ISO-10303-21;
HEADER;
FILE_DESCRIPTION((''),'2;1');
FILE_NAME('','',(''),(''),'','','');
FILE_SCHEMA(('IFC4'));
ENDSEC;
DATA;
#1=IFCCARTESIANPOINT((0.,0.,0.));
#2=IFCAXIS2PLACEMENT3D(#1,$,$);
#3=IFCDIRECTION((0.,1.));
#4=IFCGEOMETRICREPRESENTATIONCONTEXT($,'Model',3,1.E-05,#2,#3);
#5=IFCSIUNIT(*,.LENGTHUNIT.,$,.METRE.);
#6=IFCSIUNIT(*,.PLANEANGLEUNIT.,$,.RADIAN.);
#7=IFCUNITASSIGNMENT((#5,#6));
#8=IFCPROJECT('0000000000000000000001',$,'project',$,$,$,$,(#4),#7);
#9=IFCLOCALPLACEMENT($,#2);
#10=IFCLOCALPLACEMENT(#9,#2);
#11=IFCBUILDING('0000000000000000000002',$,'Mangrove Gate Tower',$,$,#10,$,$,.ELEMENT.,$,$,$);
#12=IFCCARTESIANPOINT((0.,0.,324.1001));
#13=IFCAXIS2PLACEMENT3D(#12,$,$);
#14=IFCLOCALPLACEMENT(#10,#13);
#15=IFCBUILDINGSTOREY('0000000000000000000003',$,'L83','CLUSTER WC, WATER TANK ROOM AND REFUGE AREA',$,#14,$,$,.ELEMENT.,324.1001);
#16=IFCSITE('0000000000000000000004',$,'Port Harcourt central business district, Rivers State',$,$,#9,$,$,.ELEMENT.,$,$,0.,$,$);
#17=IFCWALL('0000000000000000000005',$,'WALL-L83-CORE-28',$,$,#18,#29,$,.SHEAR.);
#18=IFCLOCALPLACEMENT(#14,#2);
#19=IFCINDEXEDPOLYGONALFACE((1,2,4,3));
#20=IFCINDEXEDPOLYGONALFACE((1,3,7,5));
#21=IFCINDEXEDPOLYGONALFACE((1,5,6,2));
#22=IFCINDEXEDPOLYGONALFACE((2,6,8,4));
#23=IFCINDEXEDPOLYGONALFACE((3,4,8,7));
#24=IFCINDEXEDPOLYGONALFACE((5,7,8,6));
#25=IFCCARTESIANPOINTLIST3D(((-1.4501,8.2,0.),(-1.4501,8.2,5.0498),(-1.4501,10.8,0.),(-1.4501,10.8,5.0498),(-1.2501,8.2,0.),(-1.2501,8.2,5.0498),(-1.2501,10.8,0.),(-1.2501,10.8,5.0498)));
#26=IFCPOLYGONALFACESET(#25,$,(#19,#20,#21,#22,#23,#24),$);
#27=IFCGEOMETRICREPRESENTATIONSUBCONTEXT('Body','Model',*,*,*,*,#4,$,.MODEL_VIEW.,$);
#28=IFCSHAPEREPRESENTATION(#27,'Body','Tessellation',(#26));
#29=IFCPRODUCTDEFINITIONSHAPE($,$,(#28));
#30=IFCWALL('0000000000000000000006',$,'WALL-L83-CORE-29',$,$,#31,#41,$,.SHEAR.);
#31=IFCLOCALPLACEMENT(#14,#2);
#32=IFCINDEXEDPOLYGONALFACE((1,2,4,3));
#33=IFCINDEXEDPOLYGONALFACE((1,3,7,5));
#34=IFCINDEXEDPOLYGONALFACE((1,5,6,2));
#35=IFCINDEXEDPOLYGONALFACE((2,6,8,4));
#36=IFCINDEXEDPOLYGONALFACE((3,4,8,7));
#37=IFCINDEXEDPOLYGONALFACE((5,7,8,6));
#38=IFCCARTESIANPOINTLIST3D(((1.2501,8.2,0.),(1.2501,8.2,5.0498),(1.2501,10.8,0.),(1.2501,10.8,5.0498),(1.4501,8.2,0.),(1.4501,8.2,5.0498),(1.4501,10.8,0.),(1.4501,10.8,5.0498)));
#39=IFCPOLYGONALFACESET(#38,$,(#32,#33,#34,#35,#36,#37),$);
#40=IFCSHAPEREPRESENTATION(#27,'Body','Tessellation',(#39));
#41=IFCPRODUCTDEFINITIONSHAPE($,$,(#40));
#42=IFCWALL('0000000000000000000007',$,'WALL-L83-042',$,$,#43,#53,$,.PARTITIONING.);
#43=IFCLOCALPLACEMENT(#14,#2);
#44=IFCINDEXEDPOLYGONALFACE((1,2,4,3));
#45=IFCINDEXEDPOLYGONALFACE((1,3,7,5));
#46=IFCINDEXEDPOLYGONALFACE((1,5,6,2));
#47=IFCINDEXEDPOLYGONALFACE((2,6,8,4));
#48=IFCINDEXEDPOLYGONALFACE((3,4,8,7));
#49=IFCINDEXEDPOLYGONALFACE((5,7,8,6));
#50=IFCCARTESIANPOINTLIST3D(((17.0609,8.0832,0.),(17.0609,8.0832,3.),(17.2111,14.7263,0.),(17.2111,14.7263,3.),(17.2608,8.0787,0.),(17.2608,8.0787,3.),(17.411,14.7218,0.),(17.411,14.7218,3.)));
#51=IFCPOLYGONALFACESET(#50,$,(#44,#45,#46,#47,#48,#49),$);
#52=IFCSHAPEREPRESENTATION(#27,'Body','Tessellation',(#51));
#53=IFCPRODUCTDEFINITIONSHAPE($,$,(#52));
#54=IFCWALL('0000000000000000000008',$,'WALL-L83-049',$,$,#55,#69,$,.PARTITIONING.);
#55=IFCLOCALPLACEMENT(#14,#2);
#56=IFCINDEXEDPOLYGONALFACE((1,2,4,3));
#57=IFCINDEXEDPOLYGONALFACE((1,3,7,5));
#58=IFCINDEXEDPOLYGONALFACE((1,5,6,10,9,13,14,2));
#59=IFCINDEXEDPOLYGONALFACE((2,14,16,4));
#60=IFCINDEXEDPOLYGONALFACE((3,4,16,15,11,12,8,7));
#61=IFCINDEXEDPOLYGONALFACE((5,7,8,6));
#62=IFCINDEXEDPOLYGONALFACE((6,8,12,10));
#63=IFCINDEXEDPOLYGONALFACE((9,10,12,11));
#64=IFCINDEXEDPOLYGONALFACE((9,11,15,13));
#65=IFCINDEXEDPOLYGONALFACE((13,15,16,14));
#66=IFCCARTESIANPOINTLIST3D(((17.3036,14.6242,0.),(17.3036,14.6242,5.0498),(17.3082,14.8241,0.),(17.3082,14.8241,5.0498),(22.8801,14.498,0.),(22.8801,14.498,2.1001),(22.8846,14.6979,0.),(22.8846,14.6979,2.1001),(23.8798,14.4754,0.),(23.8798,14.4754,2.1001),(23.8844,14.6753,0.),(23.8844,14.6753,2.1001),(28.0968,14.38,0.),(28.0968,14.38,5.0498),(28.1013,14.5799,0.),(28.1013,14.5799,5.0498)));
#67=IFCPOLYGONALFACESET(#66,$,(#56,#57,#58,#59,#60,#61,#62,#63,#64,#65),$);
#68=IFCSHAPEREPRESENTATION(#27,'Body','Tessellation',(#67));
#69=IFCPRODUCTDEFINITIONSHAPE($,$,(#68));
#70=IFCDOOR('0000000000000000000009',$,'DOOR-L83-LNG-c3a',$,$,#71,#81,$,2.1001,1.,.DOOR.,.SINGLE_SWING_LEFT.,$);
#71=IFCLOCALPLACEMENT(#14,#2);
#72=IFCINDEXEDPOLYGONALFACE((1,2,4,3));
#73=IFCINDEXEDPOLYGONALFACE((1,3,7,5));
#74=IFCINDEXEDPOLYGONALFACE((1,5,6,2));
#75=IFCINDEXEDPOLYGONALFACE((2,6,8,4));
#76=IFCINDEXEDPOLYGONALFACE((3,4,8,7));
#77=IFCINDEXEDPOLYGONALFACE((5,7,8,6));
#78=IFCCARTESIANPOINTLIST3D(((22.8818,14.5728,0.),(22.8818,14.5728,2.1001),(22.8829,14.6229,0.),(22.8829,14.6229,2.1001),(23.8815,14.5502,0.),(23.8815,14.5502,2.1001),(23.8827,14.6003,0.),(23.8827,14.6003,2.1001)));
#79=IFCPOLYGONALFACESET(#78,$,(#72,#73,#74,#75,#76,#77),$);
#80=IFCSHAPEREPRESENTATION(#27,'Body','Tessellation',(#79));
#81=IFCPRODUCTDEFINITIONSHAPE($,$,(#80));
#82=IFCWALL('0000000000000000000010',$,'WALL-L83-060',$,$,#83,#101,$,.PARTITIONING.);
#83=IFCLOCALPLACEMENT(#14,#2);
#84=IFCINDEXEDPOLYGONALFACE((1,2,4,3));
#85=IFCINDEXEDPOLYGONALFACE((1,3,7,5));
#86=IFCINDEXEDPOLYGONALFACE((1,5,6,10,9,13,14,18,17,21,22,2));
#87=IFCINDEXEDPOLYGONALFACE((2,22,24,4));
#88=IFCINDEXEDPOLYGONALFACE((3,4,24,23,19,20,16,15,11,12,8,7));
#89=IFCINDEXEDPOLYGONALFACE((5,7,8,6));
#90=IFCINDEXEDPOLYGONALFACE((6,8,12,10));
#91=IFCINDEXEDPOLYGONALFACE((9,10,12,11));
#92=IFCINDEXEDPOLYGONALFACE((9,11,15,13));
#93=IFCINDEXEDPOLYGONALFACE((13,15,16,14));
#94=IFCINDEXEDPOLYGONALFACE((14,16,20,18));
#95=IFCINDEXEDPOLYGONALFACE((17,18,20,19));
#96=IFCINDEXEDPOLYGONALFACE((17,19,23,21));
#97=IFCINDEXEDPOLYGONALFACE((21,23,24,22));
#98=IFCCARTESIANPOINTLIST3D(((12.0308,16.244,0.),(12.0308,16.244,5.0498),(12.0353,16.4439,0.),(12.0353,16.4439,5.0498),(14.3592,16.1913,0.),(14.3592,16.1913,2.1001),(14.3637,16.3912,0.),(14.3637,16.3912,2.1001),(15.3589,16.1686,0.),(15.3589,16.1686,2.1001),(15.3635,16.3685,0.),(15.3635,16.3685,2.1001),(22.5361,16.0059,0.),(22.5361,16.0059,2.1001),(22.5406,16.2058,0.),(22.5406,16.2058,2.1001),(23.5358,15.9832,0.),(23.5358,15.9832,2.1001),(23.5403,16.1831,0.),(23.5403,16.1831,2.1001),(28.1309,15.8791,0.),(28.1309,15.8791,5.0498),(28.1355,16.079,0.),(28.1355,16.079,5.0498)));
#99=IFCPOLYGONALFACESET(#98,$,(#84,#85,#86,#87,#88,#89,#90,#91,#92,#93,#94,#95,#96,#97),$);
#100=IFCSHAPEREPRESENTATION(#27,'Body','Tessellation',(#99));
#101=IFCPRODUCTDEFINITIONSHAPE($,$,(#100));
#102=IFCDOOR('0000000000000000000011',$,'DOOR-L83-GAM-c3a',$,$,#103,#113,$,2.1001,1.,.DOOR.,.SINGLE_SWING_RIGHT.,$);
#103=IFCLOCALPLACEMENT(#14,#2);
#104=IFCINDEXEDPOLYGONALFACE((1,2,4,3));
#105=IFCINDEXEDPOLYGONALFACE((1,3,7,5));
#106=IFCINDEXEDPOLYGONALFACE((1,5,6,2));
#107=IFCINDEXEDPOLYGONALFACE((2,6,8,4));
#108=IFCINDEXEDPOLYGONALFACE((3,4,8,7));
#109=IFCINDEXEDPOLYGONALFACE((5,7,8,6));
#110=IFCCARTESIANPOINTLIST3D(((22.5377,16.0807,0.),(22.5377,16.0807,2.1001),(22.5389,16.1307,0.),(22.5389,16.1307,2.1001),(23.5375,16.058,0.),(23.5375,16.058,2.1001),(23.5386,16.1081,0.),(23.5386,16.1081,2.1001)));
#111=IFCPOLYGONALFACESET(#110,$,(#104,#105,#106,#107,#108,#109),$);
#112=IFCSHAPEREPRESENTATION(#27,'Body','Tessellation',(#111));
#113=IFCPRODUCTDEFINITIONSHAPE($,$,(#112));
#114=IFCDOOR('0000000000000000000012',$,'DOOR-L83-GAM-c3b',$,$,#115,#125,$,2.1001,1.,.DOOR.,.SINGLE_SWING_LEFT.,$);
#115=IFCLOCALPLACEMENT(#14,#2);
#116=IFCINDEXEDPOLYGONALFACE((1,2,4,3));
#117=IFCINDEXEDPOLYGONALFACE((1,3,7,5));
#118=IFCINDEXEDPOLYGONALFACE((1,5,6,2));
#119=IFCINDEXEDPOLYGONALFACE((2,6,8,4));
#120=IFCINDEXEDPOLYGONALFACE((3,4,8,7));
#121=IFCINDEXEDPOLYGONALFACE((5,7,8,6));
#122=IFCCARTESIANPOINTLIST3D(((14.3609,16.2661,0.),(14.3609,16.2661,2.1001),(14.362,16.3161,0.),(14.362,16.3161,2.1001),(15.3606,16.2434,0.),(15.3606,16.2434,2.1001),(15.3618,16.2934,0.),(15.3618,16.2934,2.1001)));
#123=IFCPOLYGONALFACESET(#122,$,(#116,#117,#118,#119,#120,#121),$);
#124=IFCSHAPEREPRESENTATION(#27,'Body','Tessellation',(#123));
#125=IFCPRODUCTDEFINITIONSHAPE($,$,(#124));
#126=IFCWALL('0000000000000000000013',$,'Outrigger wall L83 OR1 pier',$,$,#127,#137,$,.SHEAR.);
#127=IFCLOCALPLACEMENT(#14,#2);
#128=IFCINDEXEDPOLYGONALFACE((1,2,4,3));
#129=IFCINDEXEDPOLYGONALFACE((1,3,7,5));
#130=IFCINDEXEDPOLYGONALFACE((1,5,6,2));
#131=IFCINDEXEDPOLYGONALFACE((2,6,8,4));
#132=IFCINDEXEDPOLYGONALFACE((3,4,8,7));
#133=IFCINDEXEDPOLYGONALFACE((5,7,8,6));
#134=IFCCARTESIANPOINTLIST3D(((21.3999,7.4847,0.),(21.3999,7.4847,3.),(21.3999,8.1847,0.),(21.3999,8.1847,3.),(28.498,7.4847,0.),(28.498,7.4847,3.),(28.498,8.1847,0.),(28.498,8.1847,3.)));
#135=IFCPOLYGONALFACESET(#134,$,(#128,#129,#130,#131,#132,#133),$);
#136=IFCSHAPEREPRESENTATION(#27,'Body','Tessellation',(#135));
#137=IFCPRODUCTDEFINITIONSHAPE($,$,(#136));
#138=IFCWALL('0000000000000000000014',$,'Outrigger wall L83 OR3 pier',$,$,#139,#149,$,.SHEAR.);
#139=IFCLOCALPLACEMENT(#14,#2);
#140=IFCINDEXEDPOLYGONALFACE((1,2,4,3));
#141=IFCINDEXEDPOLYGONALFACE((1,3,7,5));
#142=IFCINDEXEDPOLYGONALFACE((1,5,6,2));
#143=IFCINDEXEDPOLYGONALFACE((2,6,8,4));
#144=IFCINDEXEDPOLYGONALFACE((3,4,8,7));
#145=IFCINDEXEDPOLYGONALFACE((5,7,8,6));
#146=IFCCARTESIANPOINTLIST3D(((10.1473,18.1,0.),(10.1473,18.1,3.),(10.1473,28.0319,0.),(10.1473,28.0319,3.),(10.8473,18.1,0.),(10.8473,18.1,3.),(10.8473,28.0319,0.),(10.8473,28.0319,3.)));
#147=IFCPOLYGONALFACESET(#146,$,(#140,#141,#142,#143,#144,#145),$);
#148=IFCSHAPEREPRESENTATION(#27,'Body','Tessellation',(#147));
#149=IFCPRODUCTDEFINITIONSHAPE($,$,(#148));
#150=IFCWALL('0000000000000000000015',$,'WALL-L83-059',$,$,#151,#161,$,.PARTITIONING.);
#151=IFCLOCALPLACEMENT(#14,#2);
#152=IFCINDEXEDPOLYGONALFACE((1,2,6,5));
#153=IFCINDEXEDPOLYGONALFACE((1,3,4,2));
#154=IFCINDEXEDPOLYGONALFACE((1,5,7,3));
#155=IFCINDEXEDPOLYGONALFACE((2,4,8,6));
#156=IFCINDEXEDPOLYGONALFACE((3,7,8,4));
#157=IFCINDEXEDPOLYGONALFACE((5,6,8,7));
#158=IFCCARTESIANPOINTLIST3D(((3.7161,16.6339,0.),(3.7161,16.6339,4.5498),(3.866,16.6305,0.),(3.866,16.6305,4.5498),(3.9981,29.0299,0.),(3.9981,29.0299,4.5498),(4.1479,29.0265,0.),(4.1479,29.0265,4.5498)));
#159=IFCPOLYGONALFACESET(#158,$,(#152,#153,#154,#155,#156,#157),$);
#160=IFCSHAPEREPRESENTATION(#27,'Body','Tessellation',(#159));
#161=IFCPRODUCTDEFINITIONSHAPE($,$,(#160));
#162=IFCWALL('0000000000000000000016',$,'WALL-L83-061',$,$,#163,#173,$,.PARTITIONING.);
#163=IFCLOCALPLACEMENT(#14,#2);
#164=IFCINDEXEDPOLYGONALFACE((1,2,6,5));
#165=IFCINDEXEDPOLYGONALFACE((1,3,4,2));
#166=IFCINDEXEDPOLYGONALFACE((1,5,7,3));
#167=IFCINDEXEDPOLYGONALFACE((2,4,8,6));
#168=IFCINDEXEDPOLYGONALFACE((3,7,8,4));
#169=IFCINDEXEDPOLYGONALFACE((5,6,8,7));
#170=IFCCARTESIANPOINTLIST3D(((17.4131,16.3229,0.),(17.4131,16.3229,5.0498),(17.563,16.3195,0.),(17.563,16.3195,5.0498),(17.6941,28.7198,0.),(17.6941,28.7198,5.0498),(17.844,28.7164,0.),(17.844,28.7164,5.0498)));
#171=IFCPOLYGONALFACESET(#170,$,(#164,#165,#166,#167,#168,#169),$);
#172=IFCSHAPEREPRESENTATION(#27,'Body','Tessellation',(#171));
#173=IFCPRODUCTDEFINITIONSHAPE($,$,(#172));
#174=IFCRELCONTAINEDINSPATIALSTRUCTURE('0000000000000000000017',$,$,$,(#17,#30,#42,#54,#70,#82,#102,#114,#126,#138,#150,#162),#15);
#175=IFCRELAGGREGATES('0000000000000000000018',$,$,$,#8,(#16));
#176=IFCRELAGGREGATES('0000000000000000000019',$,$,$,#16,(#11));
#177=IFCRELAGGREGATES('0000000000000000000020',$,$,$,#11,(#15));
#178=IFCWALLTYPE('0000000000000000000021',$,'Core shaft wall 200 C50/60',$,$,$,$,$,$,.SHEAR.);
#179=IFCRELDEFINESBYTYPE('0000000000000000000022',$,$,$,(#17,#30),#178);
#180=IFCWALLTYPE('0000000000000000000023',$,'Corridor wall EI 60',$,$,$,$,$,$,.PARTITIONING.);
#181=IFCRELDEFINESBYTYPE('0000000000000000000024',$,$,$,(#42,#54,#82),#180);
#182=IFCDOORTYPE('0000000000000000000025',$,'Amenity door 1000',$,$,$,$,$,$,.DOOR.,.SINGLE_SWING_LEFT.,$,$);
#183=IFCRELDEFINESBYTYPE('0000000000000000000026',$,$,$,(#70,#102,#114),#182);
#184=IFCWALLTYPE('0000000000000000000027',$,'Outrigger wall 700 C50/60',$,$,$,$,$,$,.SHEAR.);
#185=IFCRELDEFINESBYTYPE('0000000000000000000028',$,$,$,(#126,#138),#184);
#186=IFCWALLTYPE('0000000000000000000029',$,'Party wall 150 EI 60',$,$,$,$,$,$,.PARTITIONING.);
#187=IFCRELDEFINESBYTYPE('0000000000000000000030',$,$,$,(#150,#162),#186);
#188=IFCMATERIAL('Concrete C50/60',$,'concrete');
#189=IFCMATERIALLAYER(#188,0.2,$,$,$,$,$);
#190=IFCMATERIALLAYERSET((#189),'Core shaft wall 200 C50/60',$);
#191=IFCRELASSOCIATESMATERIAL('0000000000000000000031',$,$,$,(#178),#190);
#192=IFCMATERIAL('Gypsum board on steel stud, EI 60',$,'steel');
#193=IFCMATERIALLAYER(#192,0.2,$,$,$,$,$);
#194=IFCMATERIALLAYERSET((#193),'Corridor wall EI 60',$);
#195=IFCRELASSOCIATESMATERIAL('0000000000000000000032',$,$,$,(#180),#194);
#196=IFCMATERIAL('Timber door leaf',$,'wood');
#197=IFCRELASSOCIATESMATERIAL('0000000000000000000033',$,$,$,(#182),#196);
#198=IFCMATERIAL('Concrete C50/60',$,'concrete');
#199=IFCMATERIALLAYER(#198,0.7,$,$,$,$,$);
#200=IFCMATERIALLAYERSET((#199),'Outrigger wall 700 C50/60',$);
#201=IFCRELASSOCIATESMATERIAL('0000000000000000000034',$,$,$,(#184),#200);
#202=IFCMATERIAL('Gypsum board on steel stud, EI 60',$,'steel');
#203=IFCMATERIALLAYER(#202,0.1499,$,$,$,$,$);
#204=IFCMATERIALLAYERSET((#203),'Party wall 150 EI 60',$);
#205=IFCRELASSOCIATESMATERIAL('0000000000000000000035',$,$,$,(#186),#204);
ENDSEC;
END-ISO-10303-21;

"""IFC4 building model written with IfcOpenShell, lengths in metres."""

from ifc_helpers import new_model, si_unit, direction, frame, frame_2d, origin, place, context, subcontext, project, spatial, rectangle, extrude, material, layer, layer_set, type_object, element, fill, save


model = new_model("IFC4")

# Units and contexts
model_context = context("Model", 3, precision=1e-05, world=origin(), true_north=direction((0.0, 1.0)))
body_context = subcontext(model_context, "Body", "Model", "MODEL_VIEW")
ifc_project = project(units=[si_unit("LENGTHUNIT", "METRE"), si_unit("PLANEANGLEUNIT", "RADIAN")], contexts=[model_context])

# Site, building, storey
site_placement = place(None, origin())
site = spatial("IfcSite", under=ifc_project, at=site_placement, Name="Port Harcourt central business district, Rivers State", CompositionType="ELEMENT", RefElevation=0.0)
building_placement = place(site_placement, origin())
building = spatial("IfcBuilding", under=site, at=building_placement, Name="Mangrove Gate Tower", CompositionType="ELEMENT")
storey_placement = place(building_placement, frame((0.0, 0.0, 324.1001)))
storey = spatial("IfcBuildingStorey", under=building, at=storey_placement, Name="L83", Description="CLUSTER WC, WATER TANK ROOM AND REFUGE AREA", CompositionType="ELEMENT", Elevation=324.1001)

# Walls
ifc_material_1 = material(Name="Concrete C50/60", Category="concrete")
ifc_layer_1 = layer(ifc_material_1, 0.2)
ifc_layer_set_1 = layer_set([ifc_layer_1], Name="Core shaft wall 200 C50/60")
wall_type_1 = type_object("IfcWallType", Name="Core shaft wall 200 C50/60", PredefinedType="SHEAR", material=ifc_layer_set_1)
for number, where, z_axis, x_axis, name in (
    (1, (-1.3501, 8.2, 0.0), (0.0, 0.0, 1.0), (0.0, 1.0, 0.0), "WALL-L83-CORE-28"),
    (2, (1.3501, 8.2, 0.0), (0.0, 0.0, 1.0), (0.0, 1.0, 0.0), "WALL-L83-CORE-29"),
):
    element("IfcWall", number, at=place(storey_placement, frame(where, z_axis=z_axis, x_axis=x_axis)), inside=storey, type_object=wall_type_1, Name=name, PredefinedType="SHEAR", context=body_context, shape_type="SweptSolid", body=[
        extrude(rectangle(XDim=2.6001, YDim=0.2, at=frame_2d((1.3, 0.0))), origin(), (0.0, 0.0, 1.0), 5.0498),
    ])
ifc_material_2 = material(Name="Gypsum board on steel stud, EI 60", Category="steel")
ifc_layer_2 = layer(ifc_material_2, 0.2)
ifc_layer_set_2 = layer_set([ifc_layer_2], Name="Corridor wall EI 60")
wall_type_2 = type_object("IfcWallType", Name="Corridor wall EI 60", PredefinedType="PARTITIONING", material=ifc_layer_set_2)
wall_1_placement = place(storey_placement, frame((17.1609, 8.0811, 0.0), z_axis=(0.0, 0.0, 1.0), x_axis=(0.022596, 0.999745, 0.0)))
element("IfcWall", 3, at=wall_1_placement, inside=storey, type_object=wall_type_2, Name="WALL-L83-042", PredefinedType="PARTITIONING", context=body_context, shape_type="SweptSolid", body=[
    extrude(rectangle(XDim=6.6448, YDim=0.2, at=frame_2d((3.3223, 0.0))), origin(), (0.0, 0.0, 1.0), 3.0),
])

# Wall, opening, door
wall_2_placement = place(storey_placement, frame((17.3059, 14.7241, 0.0), z_axis=(0.0, 0.0, 1.0), x_axis=(0.999744, -0.022614, 0.0)))
wall_2 = element("IfcWall", 4, at=wall_2_placement, inside=storey, type_object=wall_type_2, Name="WALL-L83-049", PredefinedType="PARTITIONING", context=body_context, shape_type="SweptSolid", body=[
    extrude(rectangle(XDim=10.7959, YDim=0.2, at=frame_2d((5.3979, 0.0))), origin(), (0.0, 0.0, 1.0), 5.0498),
])
opening_1_placement = place(wall_2_placement, frame((5.5779, 0.0, 0.0)))
opening_1 = element("IfcOpeningElement", 5, at=opening_1_placement, cuts=wall_2, PredefinedType="OPENING", context=body_context, shape_type="SweptSolid", body=[
    extrude(rectangle(XDim=1.0, YDim=2.1001, at=frame_2d((0.5, 1.05))), frame((0.0, 0.1099, 0.0), z_axis=(0.0, -1.0, 0.0), x_axis=(1.0, 0.0, 0.0)), (0.0, 0.0, 1.0), 0.22),
])
ifc_material_3 = material(Name="Timber door leaf", Category="wood")
door_type_1 = type_object("IfcDoorType", Name="Amenity door 1000", OperationType="SINGLE_SWING_LEFT", PredefinedType="DOOR", material=ifc_material_3)
door_1_placement = place(opening_1_placement, origin())
door_1 = element("IfcDoor", 6, at=door_1_placement, inside=storey, type_object=door_type_1, Name="DOOR-L83-LNG-c3a", OperationType="SINGLE_SWING_LEFT", OverallHeight=2.1001, OverallWidth=1.0, PredefinedType="DOOR", context=body_context, shape_type="SweptSolid", body=[
    extrude(rectangle(XDim=1.0, YDim=2.1001, at=frame_2d((0.5, 1.05))), frame((0.0, 0.0249, 0.0), z_axis=(0.0, -1.0, 0.0), x_axis=(1.0, 0.0, 0.0)), (0.0, 0.0, 1.0), 0.05),
])
fill(opening_1, door_1)

# Wall, openings, doors
wall_3_placement = place(storey_placement, frame((12.033, 16.344, 0.0), z_axis=(0.0, 0.0, 1.0), x_axis=(0.999743, -0.022664, 0.0)))
wall_3 = element("IfcWall", 7, at=wall_3_placement, inside=storey, type_object=wall_type_2, Name="WALL-L83-060", PredefinedType="PARTITIONING", context=body_context, shape_type="SweptSolid", body=[
    extrude(rectangle(XDim=16.1042, YDim=0.2, at=frame_2d((8.0522, 0.0))), origin(), (0.0, 0.0, 1.0), 5.0498),
])
opening_2_placement = place(wall_3_placement, frame((10.5081, 0.0, 0.0)))
opening_2 = element("IfcOpeningElement", 8, at=opening_2_placement, cuts=wall_3, PredefinedType="OPENING", context=body_context, shape_type="SweptSolid", body=[
    extrude(rectangle(XDim=1.0, YDim=2.1001, at=frame_2d((0.5, 1.05))), frame((0.0, 0.1099, 0.0), z_axis=(0.0, -1.0, 0.0), x_axis=(1.0, 0.0, 0.0)), (0.0, 0.0, 1.0), 0.22),
])
opening_3_placement = place(wall_3_placement, frame((2.3291, 0.0, 0.0)))
opening_3 = element("IfcOpeningElement", 9, at=opening_3_placement, cuts=wall_3, PredefinedType="OPENING", context=body_context, shape_type="SweptSolid", body=[
    extrude(rectangle(XDim=1.0, YDim=2.1001, at=frame_2d((0.5, 1.05))), frame((0.0, 0.1099, 0.0), z_axis=(0.0, -1.0, 0.0), x_axis=(1.0, 0.0, 0.0)), (0.0, 0.0, 1.0), 0.22),
])
door_2_placement = place(opening_2_placement, origin())
door_2 = element("IfcDoor", 10, at=door_2_placement, inside=storey, type_object=door_type_1, Name="DOOR-L83-GAM-c3a", OperationType="SINGLE_SWING_RIGHT", OverallHeight=2.1001, OverallWidth=1.0, PredefinedType="DOOR", context=body_context, shape_type="SweptSolid", body=[
    extrude(rectangle(XDim=1.0, YDim=2.1001, at=frame_2d((0.5, 1.05))), frame((0.0, 0.0249, 0.0), z_axis=(0.0, -1.0, 0.0), x_axis=(1.0, 0.0, 0.0)), (0.0, 0.0, 1.0), 0.05),
])
fill(opening_2, door_2)
door_3_placement = place(opening_3_placement, origin())
door_3 = element("IfcDoor", 11, at=door_3_placement, inside=storey, type_object=door_type_1, Name="DOOR-L83-GAM-c3b", OperationType="SINGLE_SWING_LEFT", OverallHeight=2.1001, OverallWidth=1.0, PredefinedType="DOOR", context=body_context, shape_type="SweptSolid", body=[
    extrude(rectangle(XDim=1.0, YDim=2.1001, at=frame_2d((0.5, 1.05))), frame((0.0, 0.0249, 0.0), z_axis=(0.0, -1.0, 0.0), x_axis=(1.0, 0.0, 0.0)), (0.0, 0.0, 1.0), 0.05),
])
fill(opening_3, door_3)

# Walls
ifc_material_4 = material(Name="Concrete C50/60", Category="concrete")
ifc_layer_3 = layer(ifc_material_4, 0.7)
ifc_layer_set_3 = layer_set([ifc_layer_3], Name="Outrigger wall 700 C50/60")
wall_type_3 = type_object("IfcWallType", Name="Outrigger wall 700 C50/60", PredefinedType="SHEAR", material=ifc_layer_set_3)
wall_4_placement = place(storey_placement, frame((21.3999, 7.8347, 0.0), z_axis=(0.0, 0.0, 1.0), x_axis=(1.0, 0.0, 0.0)))
element("IfcWall", 12, at=wall_4_placement, inside=storey, type_object=wall_type_3, Name="Outrigger wall L83 OR1 pier", PredefinedType="SHEAR", context=body_context, shape_type="SweptSolid", body=[
    extrude(rectangle(XDim=7.0981, YDim=0.7, at=frame_2d((3.5491, 0.0))), origin(), (0.0, 0.0, 1.0), 3.0),
])
wall_5_placement = place(storey_placement, frame((10.4973, 18.1001, 0.0), z_axis=(0.0, 0.0, 1.0), x_axis=(0.0, 1.0, 0.0)))
element("IfcWall", 13, at=wall_5_placement, inside=storey, type_object=wall_type_3, Name="Outrigger wall L83 OR3 pier", PredefinedType="SHEAR", context=body_context, shape_type="SweptSolid", body=[
    extrude(rectangle(XDim=9.9319, YDim=0.7, at=frame_2d((4.9658, 0.0))), origin(), (0.0, 0.0, 1.0), 3.0),
])
ifc_material_5 = material(Name="Gypsum board on steel stud, EI 60", Category="steel")
ifc_layer_4 = layer(ifc_material_5, 0.1499)
ifc_layer_set_4 = layer_set([ifc_layer_4], Name="Party wall 150 EI 60")
wall_type_4 = type_object("IfcWallType", Name="Party wall 150 EI 60", PredefinedType="PARTITIONING", material=ifc_layer_set_4)
wall_6_placement = place(storey_placement, frame((3.791, 16.6321, 0.0), z_axis=(0.0, 0.0, 1.0), x_axis=(0.022742, 0.999741, 0.0)))
element("IfcWall", 14, at=wall_6_placement, inside=storey, type_object=wall_type_4, Name="WALL-L83-059", PredefinedType="PARTITIONING", context=body_context, shape_type="SweptSolid", body=[
    extrude(rectangle(XDim=12.3992, YDim=0.1499, at=frame_2d((6.1997, 0.0))), origin(), (0.0, 0.0, 1.0), 4.5498),
])
wall_7_placement = place(storey_placement, frame((17.488, 16.321, 0.0), z_axis=(0.0, 0.0, 1.0), x_axis=(0.022661, 0.999743, 0.0)))
element("IfcWall", 15, at=wall_7_placement, inside=storey, type_object=wall_type_4, Name="WALL-L83-061", PredefinedType="PARTITIONING", context=body_context, shape_type="SweptSolid", body=[
    extrude(rectangle(XDim=12.4001, YDim=0.1499, at=frame_2d((6.2002, 0.0))), origin(), (0.0, 0.0, 1.0), 5.0498),
])

save(model, "model.ifc")
